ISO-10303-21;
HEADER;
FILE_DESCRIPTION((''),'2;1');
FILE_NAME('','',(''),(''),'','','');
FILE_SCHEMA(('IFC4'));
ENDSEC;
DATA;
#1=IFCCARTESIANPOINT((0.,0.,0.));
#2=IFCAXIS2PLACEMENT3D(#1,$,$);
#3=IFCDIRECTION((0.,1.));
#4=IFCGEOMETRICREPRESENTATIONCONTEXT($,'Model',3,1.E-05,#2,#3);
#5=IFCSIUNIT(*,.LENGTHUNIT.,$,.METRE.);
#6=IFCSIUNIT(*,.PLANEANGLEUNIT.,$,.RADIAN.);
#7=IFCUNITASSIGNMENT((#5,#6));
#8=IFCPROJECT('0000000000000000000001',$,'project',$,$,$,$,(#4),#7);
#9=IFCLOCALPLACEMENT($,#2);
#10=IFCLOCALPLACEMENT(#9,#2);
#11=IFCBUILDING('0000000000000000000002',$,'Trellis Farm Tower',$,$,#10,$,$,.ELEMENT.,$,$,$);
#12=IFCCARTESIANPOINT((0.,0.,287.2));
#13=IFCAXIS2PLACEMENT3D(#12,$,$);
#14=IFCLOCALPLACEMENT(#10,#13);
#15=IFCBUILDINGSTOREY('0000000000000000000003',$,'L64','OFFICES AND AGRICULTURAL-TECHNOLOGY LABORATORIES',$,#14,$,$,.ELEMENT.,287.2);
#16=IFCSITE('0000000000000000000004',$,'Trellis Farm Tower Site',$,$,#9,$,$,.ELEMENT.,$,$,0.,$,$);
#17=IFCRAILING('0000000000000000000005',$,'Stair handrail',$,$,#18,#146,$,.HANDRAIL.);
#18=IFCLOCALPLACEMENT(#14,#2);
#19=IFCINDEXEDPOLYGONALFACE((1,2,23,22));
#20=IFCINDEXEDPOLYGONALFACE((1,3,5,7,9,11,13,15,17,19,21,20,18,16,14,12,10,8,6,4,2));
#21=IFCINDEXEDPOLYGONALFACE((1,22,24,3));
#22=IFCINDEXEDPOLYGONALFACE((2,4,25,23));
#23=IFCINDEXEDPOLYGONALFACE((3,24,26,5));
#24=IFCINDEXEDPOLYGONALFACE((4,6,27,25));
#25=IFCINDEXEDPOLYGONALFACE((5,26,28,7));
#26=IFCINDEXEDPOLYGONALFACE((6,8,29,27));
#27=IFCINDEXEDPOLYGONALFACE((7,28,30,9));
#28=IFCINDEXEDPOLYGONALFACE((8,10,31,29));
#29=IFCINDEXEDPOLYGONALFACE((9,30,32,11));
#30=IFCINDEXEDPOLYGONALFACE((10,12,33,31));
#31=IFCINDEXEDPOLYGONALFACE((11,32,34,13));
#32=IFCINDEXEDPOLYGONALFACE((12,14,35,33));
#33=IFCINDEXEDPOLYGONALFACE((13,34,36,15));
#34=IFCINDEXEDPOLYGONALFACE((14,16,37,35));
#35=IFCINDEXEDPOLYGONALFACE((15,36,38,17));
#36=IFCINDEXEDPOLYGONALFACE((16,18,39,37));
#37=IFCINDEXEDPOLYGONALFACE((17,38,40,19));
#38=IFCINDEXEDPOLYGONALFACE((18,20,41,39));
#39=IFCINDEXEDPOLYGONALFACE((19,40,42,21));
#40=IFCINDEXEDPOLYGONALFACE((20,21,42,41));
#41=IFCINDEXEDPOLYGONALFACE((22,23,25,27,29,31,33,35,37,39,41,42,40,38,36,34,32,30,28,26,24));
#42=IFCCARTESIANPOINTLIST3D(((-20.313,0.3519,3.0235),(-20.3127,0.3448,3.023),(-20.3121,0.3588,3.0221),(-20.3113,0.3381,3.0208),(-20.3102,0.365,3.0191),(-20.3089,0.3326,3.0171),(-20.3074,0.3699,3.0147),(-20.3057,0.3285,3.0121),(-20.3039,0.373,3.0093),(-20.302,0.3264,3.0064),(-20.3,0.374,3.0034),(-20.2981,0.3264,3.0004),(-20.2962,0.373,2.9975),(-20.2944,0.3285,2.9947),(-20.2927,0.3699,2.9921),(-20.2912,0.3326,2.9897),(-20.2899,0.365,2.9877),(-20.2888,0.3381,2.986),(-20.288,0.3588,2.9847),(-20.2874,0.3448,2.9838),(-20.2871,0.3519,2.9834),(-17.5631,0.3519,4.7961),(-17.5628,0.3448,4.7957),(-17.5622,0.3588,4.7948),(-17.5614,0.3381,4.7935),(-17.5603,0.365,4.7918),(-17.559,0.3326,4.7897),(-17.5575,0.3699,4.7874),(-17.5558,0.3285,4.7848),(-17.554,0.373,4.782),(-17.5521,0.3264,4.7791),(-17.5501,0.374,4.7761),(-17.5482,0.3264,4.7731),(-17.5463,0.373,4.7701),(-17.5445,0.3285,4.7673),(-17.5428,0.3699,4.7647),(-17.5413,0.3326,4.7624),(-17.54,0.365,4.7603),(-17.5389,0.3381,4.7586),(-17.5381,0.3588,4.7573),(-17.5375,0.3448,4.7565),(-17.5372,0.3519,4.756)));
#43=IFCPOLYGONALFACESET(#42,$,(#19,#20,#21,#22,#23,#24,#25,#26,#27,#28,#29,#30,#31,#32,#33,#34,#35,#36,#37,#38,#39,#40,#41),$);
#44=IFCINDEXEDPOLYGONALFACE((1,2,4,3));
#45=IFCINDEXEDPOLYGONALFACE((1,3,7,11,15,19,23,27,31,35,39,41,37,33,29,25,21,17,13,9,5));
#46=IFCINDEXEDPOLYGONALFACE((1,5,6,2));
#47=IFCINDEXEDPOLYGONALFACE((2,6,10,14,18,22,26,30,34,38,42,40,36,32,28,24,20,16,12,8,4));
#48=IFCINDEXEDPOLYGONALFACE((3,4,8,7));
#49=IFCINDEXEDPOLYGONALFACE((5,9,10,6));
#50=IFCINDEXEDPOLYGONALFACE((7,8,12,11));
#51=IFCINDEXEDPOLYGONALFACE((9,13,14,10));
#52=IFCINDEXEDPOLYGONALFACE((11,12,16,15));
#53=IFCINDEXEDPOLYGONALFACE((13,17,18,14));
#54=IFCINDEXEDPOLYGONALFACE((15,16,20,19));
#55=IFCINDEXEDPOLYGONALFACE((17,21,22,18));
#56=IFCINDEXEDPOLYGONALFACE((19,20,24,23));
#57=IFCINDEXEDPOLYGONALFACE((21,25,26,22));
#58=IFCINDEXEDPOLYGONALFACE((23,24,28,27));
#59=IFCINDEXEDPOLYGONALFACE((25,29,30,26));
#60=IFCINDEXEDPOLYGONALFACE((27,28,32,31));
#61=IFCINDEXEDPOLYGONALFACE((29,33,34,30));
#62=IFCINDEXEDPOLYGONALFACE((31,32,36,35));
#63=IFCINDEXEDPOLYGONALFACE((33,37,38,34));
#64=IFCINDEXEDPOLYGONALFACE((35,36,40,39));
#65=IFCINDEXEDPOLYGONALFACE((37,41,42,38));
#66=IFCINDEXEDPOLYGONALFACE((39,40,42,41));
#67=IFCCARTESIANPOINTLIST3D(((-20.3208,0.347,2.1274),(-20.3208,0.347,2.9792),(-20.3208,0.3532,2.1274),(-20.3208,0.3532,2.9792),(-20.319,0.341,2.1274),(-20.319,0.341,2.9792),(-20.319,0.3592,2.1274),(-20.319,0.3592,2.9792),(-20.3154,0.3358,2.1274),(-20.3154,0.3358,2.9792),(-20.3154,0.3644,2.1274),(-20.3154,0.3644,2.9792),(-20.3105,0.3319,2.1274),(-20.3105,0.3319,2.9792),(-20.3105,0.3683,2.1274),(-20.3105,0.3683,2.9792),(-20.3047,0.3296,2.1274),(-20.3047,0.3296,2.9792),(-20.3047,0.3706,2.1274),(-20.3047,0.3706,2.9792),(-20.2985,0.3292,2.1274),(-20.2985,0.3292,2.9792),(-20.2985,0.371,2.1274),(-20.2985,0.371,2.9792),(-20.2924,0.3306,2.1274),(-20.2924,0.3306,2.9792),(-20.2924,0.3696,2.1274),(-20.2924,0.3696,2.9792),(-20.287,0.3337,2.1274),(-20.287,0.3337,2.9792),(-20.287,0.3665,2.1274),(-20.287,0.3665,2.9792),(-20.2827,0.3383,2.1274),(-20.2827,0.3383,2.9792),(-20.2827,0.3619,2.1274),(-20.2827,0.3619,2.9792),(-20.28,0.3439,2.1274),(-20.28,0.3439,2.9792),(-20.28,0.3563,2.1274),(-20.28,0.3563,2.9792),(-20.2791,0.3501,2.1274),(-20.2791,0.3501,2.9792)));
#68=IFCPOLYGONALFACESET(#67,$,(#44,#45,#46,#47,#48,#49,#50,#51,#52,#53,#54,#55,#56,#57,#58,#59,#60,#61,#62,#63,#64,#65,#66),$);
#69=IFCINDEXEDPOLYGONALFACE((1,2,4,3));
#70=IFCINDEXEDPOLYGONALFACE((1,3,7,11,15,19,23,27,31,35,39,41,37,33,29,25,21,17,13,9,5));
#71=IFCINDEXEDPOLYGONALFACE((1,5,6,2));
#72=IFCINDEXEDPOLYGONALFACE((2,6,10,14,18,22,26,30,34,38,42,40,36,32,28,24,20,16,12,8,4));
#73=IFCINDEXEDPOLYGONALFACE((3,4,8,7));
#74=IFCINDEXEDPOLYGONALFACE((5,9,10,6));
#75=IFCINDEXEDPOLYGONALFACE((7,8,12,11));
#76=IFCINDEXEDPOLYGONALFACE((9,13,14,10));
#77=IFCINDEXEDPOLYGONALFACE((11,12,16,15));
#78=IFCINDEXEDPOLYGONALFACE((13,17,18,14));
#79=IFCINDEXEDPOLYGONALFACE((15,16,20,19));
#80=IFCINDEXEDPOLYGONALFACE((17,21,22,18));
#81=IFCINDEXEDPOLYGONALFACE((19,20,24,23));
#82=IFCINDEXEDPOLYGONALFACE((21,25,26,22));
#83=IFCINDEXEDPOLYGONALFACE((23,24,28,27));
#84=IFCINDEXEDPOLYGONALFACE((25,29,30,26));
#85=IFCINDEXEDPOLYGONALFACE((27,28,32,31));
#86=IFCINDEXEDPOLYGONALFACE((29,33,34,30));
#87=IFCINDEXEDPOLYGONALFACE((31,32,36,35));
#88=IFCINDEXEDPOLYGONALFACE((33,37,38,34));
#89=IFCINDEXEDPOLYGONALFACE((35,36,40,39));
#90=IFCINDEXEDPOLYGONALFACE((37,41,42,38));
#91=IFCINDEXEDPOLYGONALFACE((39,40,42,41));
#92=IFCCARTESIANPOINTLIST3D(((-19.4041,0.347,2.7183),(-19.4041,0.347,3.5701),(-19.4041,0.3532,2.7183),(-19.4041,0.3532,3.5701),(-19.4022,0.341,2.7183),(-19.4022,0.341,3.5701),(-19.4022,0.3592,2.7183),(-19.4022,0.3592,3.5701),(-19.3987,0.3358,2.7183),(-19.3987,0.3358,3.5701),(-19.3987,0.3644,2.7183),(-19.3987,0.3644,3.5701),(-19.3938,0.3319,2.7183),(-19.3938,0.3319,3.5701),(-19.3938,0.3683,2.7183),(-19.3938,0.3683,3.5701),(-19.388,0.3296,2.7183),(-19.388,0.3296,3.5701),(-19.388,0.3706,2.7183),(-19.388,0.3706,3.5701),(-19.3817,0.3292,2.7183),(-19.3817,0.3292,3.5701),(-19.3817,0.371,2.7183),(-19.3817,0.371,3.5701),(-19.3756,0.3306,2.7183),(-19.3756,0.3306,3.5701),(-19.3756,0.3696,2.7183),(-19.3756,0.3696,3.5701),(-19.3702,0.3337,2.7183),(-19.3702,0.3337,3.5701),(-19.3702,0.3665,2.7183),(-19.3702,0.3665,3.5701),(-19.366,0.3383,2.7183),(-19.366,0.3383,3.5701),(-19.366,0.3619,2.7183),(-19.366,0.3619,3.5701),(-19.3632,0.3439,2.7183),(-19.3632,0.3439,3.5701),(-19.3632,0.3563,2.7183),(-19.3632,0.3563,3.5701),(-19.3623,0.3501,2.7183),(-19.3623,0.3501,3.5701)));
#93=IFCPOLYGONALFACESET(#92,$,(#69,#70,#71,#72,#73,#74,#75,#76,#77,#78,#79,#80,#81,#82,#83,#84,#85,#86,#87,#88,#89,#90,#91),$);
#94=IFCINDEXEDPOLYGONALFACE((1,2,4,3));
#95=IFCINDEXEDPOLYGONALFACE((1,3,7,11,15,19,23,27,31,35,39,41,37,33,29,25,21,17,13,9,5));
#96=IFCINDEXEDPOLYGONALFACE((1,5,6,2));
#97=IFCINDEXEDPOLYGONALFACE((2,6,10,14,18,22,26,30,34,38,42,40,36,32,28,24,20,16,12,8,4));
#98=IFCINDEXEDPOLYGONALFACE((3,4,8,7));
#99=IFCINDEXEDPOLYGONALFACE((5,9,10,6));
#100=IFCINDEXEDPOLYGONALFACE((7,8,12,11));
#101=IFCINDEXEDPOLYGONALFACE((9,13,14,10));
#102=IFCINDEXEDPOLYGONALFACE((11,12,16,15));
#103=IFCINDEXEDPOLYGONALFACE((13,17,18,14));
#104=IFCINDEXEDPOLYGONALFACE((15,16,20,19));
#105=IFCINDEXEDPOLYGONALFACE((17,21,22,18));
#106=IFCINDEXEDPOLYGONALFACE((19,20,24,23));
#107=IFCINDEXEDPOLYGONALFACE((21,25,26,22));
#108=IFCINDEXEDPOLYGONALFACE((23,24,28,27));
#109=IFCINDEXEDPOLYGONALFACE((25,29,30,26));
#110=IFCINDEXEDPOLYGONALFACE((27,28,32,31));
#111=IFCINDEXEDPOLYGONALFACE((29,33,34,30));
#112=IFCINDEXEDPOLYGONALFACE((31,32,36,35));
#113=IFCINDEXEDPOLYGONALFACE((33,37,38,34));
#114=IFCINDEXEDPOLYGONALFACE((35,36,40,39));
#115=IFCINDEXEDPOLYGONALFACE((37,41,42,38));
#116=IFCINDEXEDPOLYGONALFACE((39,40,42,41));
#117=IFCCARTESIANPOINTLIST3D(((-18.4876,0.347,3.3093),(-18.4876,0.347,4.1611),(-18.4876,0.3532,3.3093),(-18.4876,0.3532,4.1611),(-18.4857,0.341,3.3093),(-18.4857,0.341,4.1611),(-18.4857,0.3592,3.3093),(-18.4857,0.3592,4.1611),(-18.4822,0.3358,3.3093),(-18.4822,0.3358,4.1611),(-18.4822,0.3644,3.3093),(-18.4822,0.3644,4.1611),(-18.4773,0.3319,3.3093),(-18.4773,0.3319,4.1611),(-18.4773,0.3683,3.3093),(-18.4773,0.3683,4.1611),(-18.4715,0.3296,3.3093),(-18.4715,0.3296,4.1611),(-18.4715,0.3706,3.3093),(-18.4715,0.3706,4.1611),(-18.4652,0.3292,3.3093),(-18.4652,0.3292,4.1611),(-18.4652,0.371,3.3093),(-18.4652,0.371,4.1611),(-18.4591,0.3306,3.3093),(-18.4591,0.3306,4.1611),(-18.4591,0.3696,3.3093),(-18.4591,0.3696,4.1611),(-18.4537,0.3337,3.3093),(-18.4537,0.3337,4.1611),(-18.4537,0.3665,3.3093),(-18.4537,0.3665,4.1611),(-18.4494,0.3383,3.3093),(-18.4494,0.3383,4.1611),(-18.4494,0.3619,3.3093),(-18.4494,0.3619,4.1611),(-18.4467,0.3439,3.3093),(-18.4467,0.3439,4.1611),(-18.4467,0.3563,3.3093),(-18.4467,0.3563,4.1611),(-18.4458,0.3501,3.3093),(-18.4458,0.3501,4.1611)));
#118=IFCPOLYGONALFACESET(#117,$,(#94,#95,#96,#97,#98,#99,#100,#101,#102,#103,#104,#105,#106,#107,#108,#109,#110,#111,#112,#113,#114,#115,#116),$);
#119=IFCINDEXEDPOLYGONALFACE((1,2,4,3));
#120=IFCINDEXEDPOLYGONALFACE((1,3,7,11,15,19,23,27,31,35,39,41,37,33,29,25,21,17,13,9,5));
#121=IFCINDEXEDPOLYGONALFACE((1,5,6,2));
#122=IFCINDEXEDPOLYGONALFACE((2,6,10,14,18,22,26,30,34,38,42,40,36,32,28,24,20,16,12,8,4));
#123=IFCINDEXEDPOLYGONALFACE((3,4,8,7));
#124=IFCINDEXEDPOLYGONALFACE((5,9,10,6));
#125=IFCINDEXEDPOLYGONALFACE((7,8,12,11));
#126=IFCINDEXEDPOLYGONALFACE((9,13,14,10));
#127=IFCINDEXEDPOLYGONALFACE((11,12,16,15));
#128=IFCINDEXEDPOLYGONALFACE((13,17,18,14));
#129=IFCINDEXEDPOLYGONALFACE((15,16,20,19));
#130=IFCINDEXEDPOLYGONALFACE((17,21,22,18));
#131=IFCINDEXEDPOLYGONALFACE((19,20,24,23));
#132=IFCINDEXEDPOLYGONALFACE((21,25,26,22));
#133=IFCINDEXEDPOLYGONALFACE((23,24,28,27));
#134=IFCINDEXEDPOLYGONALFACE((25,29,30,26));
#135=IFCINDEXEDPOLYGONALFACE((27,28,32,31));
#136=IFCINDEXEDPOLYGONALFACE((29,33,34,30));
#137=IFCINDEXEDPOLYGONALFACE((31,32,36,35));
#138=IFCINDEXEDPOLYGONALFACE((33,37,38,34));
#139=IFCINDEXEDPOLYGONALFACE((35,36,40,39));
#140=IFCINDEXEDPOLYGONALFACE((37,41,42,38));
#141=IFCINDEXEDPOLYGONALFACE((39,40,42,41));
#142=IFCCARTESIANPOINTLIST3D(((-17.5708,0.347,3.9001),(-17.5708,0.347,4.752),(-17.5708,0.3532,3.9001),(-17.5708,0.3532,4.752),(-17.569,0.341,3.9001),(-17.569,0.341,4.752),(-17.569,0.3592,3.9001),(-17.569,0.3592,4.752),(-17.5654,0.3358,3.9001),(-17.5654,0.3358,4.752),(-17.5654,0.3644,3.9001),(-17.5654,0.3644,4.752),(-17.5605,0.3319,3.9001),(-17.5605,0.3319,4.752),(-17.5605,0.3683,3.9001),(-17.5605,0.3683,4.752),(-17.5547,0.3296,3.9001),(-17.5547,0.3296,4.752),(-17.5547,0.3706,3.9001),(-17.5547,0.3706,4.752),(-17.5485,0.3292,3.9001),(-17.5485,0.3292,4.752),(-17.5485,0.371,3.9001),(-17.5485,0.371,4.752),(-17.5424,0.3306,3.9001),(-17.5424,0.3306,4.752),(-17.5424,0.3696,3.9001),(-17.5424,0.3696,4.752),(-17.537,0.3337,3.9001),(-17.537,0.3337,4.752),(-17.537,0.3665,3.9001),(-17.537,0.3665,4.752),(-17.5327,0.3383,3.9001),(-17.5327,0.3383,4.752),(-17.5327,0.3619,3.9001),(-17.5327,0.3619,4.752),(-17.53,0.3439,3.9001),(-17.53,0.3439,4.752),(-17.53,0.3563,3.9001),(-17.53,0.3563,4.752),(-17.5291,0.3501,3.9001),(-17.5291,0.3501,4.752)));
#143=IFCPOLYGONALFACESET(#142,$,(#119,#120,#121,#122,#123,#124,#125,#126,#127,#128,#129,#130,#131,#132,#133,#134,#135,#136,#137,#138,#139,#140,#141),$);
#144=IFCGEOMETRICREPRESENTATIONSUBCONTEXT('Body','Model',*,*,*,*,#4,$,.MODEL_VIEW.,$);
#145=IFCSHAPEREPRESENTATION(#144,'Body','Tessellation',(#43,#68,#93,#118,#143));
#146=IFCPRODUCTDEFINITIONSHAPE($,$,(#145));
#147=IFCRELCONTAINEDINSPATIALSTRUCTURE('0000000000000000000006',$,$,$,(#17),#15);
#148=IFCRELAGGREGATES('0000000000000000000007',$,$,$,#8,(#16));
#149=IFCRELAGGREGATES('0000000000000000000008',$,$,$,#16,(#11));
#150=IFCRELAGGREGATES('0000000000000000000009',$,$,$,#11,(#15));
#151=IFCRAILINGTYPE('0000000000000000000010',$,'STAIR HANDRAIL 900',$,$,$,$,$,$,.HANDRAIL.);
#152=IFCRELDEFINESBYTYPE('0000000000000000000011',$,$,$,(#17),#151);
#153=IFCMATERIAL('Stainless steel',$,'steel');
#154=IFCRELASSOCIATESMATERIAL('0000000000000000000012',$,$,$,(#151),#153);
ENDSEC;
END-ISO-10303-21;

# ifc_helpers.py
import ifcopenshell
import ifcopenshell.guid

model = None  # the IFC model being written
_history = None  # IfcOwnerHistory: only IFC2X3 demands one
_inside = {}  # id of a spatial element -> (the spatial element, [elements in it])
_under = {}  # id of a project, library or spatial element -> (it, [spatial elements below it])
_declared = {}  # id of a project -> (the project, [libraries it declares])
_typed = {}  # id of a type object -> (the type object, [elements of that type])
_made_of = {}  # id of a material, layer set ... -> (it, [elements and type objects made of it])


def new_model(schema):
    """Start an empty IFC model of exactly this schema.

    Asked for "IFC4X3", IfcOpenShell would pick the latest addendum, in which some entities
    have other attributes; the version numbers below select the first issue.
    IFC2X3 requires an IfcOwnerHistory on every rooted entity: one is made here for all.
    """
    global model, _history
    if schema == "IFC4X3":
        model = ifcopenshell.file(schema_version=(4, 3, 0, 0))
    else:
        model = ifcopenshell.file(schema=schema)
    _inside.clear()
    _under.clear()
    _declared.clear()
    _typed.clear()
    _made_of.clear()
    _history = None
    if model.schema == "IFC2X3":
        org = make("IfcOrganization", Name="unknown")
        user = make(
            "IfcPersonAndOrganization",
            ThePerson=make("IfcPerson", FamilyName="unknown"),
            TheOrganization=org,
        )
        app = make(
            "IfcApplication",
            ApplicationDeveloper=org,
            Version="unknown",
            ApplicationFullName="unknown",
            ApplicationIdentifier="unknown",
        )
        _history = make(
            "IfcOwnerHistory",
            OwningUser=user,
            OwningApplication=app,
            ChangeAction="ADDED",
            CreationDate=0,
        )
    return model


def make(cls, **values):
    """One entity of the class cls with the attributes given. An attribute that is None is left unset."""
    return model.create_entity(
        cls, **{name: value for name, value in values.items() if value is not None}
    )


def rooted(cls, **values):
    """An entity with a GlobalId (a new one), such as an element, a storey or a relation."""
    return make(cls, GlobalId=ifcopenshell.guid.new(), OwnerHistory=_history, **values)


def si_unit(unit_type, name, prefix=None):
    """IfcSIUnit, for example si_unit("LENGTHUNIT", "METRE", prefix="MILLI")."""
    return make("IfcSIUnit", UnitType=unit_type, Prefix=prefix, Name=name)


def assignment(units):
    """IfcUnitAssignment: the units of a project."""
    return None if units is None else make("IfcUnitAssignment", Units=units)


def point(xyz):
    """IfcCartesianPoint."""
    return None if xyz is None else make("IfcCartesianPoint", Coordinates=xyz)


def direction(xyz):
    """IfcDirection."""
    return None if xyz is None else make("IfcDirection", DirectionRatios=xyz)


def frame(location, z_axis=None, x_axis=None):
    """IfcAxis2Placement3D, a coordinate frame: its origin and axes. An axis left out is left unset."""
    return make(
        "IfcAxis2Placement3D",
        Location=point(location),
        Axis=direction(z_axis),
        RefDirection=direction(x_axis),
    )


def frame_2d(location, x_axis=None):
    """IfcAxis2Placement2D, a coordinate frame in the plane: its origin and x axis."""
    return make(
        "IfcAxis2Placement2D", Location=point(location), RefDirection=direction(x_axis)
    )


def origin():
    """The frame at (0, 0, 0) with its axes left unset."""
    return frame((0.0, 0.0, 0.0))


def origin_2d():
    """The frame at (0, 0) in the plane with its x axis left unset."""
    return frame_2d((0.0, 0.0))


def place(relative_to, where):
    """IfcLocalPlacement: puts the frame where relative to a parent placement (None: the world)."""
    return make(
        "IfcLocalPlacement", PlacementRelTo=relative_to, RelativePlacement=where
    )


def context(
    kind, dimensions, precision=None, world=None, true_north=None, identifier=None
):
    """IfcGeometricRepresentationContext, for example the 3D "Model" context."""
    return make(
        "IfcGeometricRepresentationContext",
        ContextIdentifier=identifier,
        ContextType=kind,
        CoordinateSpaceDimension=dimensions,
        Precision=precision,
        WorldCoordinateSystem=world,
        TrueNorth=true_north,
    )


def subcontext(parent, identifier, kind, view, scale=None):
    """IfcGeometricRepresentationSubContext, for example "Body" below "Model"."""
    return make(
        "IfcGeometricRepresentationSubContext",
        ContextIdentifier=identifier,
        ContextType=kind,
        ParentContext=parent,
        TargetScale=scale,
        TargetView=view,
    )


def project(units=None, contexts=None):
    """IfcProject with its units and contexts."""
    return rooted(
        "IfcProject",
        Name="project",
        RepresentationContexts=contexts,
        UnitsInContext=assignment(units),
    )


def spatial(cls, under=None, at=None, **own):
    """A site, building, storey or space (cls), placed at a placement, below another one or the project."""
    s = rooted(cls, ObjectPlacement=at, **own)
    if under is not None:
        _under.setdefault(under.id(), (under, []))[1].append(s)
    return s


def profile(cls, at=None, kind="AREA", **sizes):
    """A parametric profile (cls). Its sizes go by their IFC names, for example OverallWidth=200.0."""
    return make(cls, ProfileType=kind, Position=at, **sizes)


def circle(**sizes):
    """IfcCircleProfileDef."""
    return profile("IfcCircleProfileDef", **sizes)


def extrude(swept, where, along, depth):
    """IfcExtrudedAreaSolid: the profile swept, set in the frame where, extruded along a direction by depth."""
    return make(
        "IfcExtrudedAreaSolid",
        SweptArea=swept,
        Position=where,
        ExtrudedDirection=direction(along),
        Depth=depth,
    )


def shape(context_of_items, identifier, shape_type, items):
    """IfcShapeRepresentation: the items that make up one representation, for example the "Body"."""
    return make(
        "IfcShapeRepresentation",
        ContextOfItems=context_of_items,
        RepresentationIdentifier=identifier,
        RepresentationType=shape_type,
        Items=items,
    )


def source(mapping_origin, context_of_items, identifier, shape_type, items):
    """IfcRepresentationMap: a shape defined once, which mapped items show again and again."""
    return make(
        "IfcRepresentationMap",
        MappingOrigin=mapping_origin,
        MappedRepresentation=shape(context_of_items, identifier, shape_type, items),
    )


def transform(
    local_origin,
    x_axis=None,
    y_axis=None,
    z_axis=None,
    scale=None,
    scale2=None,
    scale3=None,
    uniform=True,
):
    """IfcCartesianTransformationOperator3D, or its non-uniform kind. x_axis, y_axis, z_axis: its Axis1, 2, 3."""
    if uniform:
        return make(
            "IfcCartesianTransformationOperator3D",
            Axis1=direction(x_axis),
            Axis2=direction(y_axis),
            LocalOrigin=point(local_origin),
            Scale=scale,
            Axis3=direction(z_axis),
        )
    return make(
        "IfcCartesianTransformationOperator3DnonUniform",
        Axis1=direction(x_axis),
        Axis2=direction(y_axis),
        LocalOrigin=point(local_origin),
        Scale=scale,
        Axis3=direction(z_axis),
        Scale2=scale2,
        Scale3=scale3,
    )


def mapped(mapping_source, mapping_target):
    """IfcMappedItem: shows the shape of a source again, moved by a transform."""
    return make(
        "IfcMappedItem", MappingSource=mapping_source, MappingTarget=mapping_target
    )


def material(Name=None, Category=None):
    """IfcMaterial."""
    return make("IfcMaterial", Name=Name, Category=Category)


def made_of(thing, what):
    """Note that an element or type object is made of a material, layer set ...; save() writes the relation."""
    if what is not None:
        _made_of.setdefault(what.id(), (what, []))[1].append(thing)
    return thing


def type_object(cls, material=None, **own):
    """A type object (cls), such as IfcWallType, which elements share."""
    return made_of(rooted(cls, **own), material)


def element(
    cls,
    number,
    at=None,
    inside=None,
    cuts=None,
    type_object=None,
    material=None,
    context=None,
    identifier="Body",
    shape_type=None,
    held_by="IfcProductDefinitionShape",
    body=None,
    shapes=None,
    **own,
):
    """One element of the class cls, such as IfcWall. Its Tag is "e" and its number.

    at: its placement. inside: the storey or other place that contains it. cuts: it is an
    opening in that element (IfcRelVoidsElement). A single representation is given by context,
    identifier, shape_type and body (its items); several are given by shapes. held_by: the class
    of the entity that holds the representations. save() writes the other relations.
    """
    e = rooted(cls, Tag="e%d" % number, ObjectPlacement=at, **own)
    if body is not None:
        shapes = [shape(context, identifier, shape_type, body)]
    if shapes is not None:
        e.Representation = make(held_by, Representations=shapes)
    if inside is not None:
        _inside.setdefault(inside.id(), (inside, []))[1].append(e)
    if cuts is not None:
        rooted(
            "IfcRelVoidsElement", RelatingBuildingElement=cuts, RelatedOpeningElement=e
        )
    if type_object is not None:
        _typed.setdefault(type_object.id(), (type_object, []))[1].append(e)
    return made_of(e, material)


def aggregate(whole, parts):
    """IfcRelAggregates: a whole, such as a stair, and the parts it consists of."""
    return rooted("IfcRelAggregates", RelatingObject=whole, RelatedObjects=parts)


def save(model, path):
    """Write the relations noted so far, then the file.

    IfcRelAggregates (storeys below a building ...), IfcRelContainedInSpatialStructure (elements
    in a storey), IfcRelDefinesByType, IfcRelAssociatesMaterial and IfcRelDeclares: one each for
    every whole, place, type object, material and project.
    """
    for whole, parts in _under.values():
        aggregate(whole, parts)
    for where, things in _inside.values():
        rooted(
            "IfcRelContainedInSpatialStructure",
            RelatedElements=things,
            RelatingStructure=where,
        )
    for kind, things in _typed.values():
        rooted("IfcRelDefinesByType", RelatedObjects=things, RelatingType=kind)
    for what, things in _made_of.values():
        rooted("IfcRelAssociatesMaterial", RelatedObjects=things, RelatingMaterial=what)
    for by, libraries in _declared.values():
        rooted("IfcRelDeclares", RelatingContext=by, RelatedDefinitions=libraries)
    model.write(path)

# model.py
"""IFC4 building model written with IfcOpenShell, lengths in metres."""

from ifc_helpers import new_model, si_unit, direction, frame, origin, origin_2d, place, context, subcontext, project, spatial, circle, extrude, source, transform, mapped, material, type_object, element, save


model = new_model("IFC4")

# Units and contexts
model_context = context("Model", 3, precision=1e-05, world=origin(), true_north=direction((0.0, 1.0)))
body_context = subcontext(model_context, "Body", "Model", "MODEL_VIEW")
ifc_project = project(units=[si_unit("LENGTHUNIT", "METRE"), si_unit("PLANEANGLEUNIT", "RADIAN")], contexts=[model_context])

# Site, building, storey
site_placement = place(None, origin())
site = spatial("IfcSite", under=ifc_project, at=site_placement, Name="Trellis Farm Tower Site", CompositionType="ELEMENT", RefElevation=0.0)
building_placement = place(site_placement, origin())
building = spatial("IfcBuilding", under=site, at=building_placement, Name="Trellis Farm Tower", CompositionType="ELEMENT")
storey_placement = place(building_placement, frame((0.0, 0.0, 287.2)))
storey = spatial("IfcBuildingStorey", under=building, at=storey_placement, Name="L64", Description="OFFICES AND AGRICULTURAL-TECHNOLOGY LABORATORIES", CompositionType="ELEMENT", Elevation=287.2)

# Railing
ifc_material_1 = material(Name="Stainless steel", Category="steel")
railing_type = type_object("IfcRailingType", Name="STAIR HANDRAIL 900", PredefinedType="HANDRAIL", material=ifc_material_1)
shared_shape_1 = source(origin(), body_context, "Body", "SweptSolid", [
    extrude(circle(Radius=0.0239, at=origin_2d()), frame((0.0, 0.0, 0.876), z_axis=(0.840504, 0.0, 0.541806), x_axis=(0.0, 1.0, 0.0)), (0.0, 0.0, 1.0), 3.2717),
    extrude(circle(Radius=0.021, at=origin_2d()), origin(), (0.0, 0.0, 1.0), 0.8518),
    extrude(circle(Radius=0.021, at=origin_2d()), frame((0.9167, 0.0, 0.5908)), (0.0, 0.0, 1.0), 0.8518),
    extrude(circle(Radius=0.021, at=origin_2d()), frame((1.8333, 0.0, 1.1819)), (0.0, 0.0, 1.0), 0.8518),
    extrude(circle(Radius=0.021, at=origin_2d()), frame((2.75, 0.0, 1.7727)), (0.0, 0.0, 1.0), 0.8518),
])
for number, where, name in (
    (1, (-20.3, 0.3501, 2.1274), "Stair handrail"),
):
    element("IfcRailing", number, at=place(storey_placement, frame(where)), inside=storey, type_object=railing_type, Name=name, PredefinedType="HANDRAIL", context=body_context, shape_type="MappedRepresentation", body=[
        mapped(shared_shape_1, transform((0.0, 0.0, 0.0))),
    ])

save(model, "model.ifc")
